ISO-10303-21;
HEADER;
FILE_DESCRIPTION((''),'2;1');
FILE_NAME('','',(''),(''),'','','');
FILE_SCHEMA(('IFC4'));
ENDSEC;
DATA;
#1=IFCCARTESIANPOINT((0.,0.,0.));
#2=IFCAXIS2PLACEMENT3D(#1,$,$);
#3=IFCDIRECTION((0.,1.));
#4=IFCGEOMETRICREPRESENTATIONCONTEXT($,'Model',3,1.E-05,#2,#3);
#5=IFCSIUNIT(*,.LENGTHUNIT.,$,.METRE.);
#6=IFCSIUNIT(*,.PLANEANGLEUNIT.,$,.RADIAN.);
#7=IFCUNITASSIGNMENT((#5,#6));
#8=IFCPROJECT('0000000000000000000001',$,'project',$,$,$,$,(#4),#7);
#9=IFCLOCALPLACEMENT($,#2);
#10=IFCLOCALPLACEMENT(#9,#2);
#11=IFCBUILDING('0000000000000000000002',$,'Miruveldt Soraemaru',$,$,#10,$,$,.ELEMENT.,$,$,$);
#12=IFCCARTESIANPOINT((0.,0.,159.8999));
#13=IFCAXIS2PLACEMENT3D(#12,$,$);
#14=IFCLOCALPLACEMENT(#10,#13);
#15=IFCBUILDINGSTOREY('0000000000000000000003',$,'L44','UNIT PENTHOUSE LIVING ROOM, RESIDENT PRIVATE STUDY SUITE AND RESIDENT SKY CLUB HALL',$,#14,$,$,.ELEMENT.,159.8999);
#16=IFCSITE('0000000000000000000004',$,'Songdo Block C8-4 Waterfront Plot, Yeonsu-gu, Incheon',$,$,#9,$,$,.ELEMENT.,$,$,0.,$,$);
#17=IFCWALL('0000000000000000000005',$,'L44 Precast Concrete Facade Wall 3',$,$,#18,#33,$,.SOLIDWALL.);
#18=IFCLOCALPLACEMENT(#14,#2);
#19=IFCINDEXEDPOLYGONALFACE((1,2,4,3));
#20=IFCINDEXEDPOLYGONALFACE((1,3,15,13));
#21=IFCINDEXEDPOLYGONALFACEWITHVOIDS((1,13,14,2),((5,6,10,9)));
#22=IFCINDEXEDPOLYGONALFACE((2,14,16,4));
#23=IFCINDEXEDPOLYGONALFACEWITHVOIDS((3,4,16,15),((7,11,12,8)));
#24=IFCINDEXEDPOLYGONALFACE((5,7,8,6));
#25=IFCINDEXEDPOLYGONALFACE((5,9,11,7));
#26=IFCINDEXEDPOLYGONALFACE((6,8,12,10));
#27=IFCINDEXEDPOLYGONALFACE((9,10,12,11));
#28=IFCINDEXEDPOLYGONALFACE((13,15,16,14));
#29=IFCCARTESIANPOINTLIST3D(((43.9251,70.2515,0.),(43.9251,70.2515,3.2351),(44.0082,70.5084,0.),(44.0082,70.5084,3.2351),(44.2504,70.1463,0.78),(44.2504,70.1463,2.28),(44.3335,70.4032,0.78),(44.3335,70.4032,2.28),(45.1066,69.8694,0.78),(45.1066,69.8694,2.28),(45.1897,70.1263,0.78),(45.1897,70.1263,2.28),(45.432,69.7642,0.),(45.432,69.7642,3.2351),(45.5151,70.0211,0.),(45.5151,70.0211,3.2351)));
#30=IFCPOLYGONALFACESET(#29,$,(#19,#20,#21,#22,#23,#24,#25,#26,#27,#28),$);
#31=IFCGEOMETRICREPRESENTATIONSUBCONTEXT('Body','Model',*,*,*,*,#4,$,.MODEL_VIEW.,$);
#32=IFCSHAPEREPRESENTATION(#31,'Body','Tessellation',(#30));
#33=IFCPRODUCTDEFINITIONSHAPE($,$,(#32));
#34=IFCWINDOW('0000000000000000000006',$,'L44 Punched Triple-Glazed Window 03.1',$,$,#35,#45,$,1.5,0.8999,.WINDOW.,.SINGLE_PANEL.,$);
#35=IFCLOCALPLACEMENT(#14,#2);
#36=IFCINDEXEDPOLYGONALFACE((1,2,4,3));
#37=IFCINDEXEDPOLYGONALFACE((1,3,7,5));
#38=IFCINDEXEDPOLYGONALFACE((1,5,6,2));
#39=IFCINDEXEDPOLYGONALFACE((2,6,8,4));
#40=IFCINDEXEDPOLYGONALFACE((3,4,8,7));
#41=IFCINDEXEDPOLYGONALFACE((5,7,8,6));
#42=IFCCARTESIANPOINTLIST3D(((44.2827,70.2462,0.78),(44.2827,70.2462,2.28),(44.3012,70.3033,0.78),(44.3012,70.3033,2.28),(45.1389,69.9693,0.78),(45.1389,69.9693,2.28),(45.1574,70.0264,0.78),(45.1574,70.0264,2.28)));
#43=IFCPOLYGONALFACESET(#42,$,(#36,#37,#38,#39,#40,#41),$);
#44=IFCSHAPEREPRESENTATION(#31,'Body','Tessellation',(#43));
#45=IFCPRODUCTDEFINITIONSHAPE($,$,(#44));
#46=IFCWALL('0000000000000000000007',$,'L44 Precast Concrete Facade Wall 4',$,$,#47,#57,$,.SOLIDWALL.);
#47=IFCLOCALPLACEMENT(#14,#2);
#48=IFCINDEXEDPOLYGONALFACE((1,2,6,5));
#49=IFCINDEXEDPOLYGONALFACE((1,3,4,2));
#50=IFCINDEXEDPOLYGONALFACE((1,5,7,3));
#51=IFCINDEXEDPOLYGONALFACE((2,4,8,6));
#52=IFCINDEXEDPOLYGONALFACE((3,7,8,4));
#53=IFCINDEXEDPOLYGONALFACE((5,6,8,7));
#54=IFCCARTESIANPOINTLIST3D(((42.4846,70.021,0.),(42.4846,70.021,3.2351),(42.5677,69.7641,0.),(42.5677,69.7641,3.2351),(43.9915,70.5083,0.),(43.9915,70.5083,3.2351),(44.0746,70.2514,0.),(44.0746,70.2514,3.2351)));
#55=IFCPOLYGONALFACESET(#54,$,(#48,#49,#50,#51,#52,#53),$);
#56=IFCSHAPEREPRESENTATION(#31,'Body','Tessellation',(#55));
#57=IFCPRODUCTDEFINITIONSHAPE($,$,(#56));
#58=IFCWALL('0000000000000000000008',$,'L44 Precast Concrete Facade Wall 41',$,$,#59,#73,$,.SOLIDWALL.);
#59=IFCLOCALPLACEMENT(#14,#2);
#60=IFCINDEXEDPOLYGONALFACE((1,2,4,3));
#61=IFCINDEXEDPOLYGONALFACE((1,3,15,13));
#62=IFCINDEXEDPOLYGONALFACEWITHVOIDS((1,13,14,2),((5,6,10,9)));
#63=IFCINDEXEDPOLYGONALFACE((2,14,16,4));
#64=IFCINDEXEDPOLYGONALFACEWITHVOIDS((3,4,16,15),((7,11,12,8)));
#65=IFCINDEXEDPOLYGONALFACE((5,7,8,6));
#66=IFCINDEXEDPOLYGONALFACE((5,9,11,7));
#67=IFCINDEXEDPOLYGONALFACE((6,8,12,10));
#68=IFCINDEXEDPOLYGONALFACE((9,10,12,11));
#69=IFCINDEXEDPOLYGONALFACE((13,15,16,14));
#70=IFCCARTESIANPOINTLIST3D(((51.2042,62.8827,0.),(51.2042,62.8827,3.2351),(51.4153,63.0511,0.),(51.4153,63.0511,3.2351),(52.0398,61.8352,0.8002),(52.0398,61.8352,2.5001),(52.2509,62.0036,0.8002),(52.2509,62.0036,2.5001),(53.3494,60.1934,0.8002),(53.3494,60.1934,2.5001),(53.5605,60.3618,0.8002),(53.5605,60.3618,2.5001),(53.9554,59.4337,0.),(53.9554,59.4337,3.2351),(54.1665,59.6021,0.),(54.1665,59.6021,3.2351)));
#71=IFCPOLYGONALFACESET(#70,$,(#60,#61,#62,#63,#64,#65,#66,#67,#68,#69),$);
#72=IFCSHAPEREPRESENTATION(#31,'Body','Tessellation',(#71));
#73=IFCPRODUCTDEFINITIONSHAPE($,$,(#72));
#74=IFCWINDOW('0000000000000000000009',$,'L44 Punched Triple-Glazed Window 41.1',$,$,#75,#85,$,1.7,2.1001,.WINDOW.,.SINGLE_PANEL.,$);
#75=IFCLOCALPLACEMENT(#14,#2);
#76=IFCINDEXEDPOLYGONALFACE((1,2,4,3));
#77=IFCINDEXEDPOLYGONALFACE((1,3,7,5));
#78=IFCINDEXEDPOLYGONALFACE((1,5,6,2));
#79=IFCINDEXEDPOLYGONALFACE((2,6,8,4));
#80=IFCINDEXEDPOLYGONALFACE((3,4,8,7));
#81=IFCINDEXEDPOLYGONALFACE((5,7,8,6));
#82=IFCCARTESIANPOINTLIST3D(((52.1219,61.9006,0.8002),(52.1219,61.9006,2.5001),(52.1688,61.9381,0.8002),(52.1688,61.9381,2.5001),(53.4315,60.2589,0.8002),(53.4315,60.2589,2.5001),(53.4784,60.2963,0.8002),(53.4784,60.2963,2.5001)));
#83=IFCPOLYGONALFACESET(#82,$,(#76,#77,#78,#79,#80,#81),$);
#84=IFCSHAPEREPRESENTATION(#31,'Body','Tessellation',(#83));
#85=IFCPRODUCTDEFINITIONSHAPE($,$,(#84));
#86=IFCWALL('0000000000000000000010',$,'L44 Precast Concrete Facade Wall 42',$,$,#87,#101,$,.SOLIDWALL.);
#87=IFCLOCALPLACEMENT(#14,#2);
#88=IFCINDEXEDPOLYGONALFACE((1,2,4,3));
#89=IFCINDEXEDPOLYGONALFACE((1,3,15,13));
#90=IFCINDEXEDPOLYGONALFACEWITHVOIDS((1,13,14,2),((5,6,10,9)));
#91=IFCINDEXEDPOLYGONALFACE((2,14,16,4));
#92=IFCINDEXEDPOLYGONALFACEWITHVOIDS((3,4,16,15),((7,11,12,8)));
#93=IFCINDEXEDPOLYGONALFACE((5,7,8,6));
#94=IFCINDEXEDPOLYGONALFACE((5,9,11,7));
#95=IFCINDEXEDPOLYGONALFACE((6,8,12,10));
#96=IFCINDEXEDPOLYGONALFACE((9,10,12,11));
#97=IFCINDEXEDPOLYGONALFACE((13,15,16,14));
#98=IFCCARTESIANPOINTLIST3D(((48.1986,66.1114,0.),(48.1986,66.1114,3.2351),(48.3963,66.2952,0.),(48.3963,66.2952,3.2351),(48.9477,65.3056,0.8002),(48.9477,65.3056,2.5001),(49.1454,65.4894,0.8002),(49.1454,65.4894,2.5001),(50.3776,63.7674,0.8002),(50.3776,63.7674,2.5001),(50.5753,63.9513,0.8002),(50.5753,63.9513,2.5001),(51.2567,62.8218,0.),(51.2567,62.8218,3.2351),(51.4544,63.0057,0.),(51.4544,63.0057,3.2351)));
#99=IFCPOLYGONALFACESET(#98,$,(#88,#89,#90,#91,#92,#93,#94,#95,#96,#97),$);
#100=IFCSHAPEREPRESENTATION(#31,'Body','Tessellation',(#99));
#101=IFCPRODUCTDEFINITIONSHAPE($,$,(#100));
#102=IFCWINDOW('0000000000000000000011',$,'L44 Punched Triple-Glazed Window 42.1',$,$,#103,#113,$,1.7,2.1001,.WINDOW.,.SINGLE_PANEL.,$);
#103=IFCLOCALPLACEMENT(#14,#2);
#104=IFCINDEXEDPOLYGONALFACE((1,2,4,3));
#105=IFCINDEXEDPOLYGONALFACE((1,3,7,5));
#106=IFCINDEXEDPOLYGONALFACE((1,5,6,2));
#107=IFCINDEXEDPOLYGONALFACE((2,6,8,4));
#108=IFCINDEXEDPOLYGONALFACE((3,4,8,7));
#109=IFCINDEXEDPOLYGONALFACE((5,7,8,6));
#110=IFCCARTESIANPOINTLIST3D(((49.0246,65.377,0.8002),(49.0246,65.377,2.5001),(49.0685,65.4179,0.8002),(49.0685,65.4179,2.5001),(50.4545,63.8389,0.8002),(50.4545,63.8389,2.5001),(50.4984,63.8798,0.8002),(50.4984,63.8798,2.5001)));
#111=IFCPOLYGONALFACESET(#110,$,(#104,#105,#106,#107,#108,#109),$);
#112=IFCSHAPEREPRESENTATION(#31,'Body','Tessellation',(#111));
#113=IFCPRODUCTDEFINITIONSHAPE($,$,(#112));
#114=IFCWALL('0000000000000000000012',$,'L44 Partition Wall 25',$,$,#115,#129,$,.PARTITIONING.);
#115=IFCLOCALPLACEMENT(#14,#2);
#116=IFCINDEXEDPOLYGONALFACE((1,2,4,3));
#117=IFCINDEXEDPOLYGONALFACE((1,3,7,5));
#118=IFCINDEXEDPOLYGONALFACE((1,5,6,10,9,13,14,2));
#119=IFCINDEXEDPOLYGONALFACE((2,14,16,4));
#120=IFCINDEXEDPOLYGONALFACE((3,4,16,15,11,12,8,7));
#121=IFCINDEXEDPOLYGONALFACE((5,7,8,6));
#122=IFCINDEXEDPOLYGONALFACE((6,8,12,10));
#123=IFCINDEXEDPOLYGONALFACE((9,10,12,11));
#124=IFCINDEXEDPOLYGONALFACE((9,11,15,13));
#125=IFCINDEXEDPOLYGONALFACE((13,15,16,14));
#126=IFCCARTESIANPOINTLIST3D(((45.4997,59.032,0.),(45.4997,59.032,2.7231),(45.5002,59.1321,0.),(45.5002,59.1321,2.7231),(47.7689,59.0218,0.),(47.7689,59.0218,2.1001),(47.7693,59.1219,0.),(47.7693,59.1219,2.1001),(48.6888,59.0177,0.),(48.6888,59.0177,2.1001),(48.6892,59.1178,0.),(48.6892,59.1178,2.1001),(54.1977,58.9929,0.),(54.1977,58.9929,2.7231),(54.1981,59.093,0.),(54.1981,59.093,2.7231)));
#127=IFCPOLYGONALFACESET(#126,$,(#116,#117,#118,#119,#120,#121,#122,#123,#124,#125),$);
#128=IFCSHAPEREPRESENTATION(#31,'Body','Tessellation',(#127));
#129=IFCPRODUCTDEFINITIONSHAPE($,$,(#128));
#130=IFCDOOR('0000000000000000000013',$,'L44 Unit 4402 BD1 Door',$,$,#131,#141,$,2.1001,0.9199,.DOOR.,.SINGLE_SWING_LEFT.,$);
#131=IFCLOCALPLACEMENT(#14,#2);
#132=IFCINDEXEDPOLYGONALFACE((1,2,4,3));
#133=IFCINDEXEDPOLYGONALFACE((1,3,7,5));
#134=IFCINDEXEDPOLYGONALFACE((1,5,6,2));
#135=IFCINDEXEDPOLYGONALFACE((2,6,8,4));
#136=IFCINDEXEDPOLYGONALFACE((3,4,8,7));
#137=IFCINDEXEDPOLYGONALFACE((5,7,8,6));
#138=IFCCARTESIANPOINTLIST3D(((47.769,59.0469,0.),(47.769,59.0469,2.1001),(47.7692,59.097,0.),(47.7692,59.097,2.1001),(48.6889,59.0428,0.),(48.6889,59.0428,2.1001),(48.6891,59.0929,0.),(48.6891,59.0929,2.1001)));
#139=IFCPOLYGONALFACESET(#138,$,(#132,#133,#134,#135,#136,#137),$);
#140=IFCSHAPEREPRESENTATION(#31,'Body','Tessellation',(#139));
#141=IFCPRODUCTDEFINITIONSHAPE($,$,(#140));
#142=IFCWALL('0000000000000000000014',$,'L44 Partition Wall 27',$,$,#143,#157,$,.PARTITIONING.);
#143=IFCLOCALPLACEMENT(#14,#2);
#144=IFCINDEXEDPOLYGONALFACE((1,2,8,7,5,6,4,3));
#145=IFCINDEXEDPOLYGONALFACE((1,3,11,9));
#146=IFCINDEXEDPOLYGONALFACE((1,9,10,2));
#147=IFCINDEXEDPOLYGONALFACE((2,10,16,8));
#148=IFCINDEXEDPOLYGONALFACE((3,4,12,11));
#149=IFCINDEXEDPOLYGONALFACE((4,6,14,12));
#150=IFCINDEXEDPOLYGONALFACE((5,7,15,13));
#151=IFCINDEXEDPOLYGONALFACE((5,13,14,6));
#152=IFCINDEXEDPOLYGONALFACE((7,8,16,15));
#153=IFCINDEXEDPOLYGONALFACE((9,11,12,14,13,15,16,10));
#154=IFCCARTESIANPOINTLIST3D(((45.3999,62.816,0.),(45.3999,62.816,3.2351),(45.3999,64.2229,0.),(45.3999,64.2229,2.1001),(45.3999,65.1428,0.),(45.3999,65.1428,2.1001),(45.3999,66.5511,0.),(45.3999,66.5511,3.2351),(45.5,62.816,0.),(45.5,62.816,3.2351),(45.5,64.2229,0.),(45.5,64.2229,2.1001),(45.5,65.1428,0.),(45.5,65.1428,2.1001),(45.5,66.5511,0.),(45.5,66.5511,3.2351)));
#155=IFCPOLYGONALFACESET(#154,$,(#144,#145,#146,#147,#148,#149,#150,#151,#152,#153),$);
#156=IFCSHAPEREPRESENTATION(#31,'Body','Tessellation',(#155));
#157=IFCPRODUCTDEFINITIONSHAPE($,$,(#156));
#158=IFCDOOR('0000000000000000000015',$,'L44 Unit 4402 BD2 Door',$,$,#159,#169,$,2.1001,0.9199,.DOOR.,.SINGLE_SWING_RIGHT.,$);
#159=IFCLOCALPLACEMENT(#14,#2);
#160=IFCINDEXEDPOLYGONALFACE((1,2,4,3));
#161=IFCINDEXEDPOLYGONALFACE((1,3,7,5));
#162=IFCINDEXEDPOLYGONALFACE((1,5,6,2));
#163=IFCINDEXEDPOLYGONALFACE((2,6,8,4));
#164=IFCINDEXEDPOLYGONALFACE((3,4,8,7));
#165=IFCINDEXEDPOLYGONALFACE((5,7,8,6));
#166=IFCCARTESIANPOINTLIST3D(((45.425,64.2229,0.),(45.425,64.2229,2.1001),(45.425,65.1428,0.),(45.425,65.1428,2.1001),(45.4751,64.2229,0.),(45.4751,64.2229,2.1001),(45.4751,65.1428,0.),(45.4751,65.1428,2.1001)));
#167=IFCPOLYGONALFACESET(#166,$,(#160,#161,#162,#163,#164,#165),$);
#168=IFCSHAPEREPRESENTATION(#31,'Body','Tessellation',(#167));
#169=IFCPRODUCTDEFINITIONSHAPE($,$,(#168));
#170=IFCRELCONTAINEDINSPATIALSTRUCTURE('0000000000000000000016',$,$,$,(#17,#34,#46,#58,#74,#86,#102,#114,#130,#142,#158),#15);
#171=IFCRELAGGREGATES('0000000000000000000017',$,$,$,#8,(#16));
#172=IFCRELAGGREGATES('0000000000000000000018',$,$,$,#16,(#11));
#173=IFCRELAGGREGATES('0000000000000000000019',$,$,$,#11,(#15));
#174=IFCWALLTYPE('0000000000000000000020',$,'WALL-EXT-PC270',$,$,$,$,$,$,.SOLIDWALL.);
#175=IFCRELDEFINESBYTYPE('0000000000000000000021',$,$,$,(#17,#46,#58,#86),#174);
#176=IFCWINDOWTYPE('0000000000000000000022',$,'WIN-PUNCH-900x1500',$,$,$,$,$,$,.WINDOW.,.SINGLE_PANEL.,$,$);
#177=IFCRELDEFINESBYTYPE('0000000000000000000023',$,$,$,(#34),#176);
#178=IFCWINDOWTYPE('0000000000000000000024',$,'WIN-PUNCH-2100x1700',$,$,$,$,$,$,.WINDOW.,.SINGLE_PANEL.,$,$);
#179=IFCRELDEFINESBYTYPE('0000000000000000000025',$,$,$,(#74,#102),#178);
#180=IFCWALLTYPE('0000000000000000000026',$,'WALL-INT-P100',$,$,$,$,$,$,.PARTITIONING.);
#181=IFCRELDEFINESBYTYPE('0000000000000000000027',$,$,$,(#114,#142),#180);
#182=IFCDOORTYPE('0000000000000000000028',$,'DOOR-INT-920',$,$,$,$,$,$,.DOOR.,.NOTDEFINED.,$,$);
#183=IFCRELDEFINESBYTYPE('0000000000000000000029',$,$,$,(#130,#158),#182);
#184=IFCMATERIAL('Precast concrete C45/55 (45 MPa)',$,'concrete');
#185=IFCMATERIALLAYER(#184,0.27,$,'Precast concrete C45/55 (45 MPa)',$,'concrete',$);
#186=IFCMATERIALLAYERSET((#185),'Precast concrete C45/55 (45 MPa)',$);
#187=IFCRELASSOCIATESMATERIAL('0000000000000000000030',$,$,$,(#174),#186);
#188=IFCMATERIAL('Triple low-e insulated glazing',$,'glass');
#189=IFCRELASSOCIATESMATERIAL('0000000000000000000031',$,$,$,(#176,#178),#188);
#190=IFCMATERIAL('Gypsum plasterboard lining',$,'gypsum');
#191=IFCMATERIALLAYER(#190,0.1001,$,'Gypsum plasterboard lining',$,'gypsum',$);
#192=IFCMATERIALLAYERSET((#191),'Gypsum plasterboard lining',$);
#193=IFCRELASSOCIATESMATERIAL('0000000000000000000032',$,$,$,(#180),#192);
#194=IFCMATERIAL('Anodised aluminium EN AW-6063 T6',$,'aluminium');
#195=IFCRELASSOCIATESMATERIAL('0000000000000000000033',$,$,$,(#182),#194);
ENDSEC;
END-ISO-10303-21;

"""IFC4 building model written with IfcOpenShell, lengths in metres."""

from ifc_helpers import new_model, si_unit, direction, frame, frame_2d, origin, place, context, subcontext, project, spatial, rectangle, extrude, material, layer, layer_set, type_object, element, fill, save


model = new_model("IFC4")

# Units and contexts
model_context = context("Model", 3, precision=1e-05, world=origin(), true_north=direction((0.0, 1.0)))
body_context = subcontext(model_context, "Body", "Model", "MODEL_VIEW")
ifc_project = project(units=[si_unit("LENGTHUNIT", "METRE"), si_unit("PLANEANGLEUNIT", "RADIAN")], contexts=[model_context])

# Site, building, storey
site_placement = place(None, origin())
site = spatial("IfcSite", under=ifc_project, at=site_placement, Name="Songdo Block C8-4 Waterfront Plot, Yeonsu-gu, Incheon", CompositionType="ELEMENT", RefElevation=0.0)
building_placement = place(site_placement, origin())
building = spatial("IfcBuilding", under=site, at=building_placement, Name="Miruveldt Soraemaru", CompositionType="ELEMENT")
storey_placement = place(building_placement, frame((0.0, 0.0, 159.8999)))
storey = spatial("IfcBuildingStorey", under=building, at=storey_placement, Name="L44", Description="UNIT PENTHOUSE LIVING ROOM, RESIDENT PRIVATE STUDY SUITE AND RESIDENT SKY CLUB HALL", CompositionType="ELEMENT", Elevation=159.8999)

# Wall, opening, window
ifc_material_1 = material(Name="Precast concrete C45/55 (45 MPa)", Category="concrete")
ifc_layer_1 = layer(ifc_material_1, 0.27, Name="Precast concrete C45/55 (45 MPa)", Category="concrete")
ifc_layer_set_1 = layer_set([ifc_layer_1], Name="Precast concrete C45/55 (45 MPa)")
wall_type_1 = type_object("IfcWallType", Name="WALL-EXT-PC270", PredefinedType="SOLIDWALL", material=ifc_layer_set_1)
ifc_material_2 = material(Name="Triple low-e insulated glazing", Category="glass")
wall_1_placement = place(storey_placement, frame((45.4736, 69.8926, 0.0), z_axis=(0.0, 0.0, 1.0), x_axis=(-0.951482, 0.307705, 0.0)))
wall_1 = element("IfcWall", 1, at=wall_1_placement, inside=storey, type_object=wall_type_1, Name="L44 Precast Concrete Facade Wall 3", PredefinedType="SOLIDWALL", context=body_context, shape_type="SweptSolid", body=[
    extrude(rectangle(XDim=1.5837, YDim=0.27, at=frame_2d((0.792, 0.0))), origin(), (0.0, 0.0, 1.0), 3.2351),
])
opening_1_placement = place(wall_1_placement, frame((0.342, 0.0, 0.78)))
opening_1 = element("IfcOpeningElement", 2, at=opening_1_placement, cuts=wall_1, PredefinedType="OPENING", context=body_context, shape_type="SweptSolid", body=[
    extrude(rectangle(XDim=0.8999, YDim=1.5, at=frame_2d((0.45, 0.75))), frame((0.0, 0.145, 0.0), z_axis=(0.0, -1.0, 0.0), x_axis=(1.0, 0.0, 0.0)), (0.0, 0.0, 1.0), 0.29),
])
window_type_1 = type_object("IfcWindowType", Name="WIN-PUNCH-900x1500", PartitioningType="SINGLE_PANEL", PredefinedType="WINDOW", material=ifc_material_2)
window_1_placement = place(opening_1_placement, origin())
window_1 = element("IfcWindow", 3, at=window_1_placement, inside=storey, type_object=window_type_1, Name="L44 Punched Triple-Glazed Window 03.1", OverallHeight=1.5, OverallWidth=0.8999, PartitioningType="SINGLE_PANEL", PredefinedType="WINDOW", context=body_context, shape_type="SweptSolid", body=[
    extrude(rectangle(XDim=0.8999, YDim=1.5, at=frame_2d((0.45, 0.75))), frame((0.0, 0.03, 0.0), z_axis=(0.0, -1.0, 0.0), x_axis=(1.0, 0.0, 0.0)), (0.0, 0.0, 1.0), 0.0601),
])
fill(opening_1, window_1)

# Wall
wall_2_placement = place(storey_placement, frame((44.0332, 70.3799, 0.0), z_axis=(0.0, 0.0, 1.0), x_axis=(-0.951482, -0.307705, 0.0)))
element("IfcWall", 4, at=wall_2_placement, inside=storey, type_object=wall_type_1, Name="L44 Precast Concrete Facade Wall 4", PredefinedType="SOLIDWALL", context=body_context, shape_type="SweptSolid", body=[
    extrude(rectangle(XDim=1.5837, YDim=0.27, at=frame_2d((0.792, 0.0))), origin(), (0.0, 0.0, 1.0), 3.2351),
])

# Walls, openings, windows
wall_3_placement = place(storey_placement, frame((54.061, 59.5178, 0.0), z_axis=(0.0, 0.0, 1.0), x_axis=(-0.623594, 0.781748, 0.0)))
wall_3 = element("IfcWall", 5, at=wall_3_placement, inside=storey, type_object=wall_type_1, Name="L44 Precast Concrete Facade Wall 41", PredefinedType="SOLIDWALL", context=body_context, shape_type="SweptSolid", body=[
    extrude(rectangle(XDim=4.4119, YDim=0.27, at=frame_2d((2.2061, 0.0))), origin(), (0.0, 0.0, 1.0), 3.2351),
])
opening_2_placement = place(wall_3_placement, frame((0.9719, 0.0, 0.8)))
opening_2 = element("IfcOpeningElement", 6, at=opening_2_placement, cuts=wall_3, PredefinedType="OPENING", context=body_context, shape_type="SweptSolid", body=[
    extrude(rectangle(XDim=2.1001, YDim=1.7, at=frame_2d((1.05, 0.8501))), frame((0.0, 0.145, 0.0), z_axis=(0.0, -1.0, 0.0), x_axis=(1.0, 0.0, 0.0)), (0.0, 0.0, 1.0), 0.29),
])
window_type_2 = type_object("IfcWindowType", Name="WIN-PUNCH-2100x1700", PartitioningType="SINGLE_PANEL", PredefinedType="WINDOW", material=ifc_material_2)
window_2_placement = place(opening_2_placement, origin())
window_2 = element("IfcWindow", 7, at=window_2_placement, inside=storey, type_object=window_type_2, Name="L44 Punched Triple-Glazed Window 41.1", OverallHeight=1.7, OverallWidth=2.1001, PartitioningType="SINGLE_PANEL", PredefinedType="WINDOW", context=body_context, shape_type="SweptSolid", body=[
    extrude(rectangle(XDim=2.1001, YDim=1.7, at=frame_2d((1.05, 0.8501))), frame((0.0, 0.03, 0.0), z_axis=(0.0, -1.0, 0.0), x_axis=(1.0, 0.0, 0.0)), (0.0, 0.0, 1.0), 0.0601),
])
fill(opening_2, window_2)
wall_4_placement = place(storey_placement, frame((51.3555, 62.9138, 0.0), z_axis=(0.0, 0.0, 1.0), x_axis=(-0.680872, 0.732402, 0.0)))
wall_4 = element("IfcWall", 8, at=wall_4_placement, inside=storey, type_object=wall_type_1, Name="L44 Precast Concrete Facade Wall 42", PredefinedType="SOLIDWALL", context=body_context, shape_type="SweptSolid", body=[
    extrude(rectangle(XDim=4.4915, YDim=0.27, at=frame_2d((2.2456, 0.0))), origin(), (0.0, 0.0, 1.0), 3.2351),
])
opening_3_placement = place(wall_4_placement, frame((1.291, 0.0, 0.8)))
opening_3 = element("IfcOpeningElement", 9, at=opening_3_placement, cuts=wall_4, PredefinedType="OPENING", context=body_context, shape_type="SweptSolid", body=[
    extrude(rectangle(XDim=2.1001, YDim=1.7, at=frame_2d((1.05, 0.8501))), frame((0.0, 0.145, 0.0), z_axis=(0.0, -1.0, 0.0), x_axis=(1.0, 0.0, 0.0)), (0.0, 0.0, 1.0), 0.29),
])
window_3_placement = place(opening_3_placement, origin())
window_3 = element("IfcWindow", 10, at=window_3_placement, inside=storey, type_object=window_type_2, Name="L44 Punched Triple-Glazed Window 42.1", OverallHeight=1.7, OverallWidth=2.1001, PartitioningType="SINGLE_PANEL", PredefinedType="WINDOW", context=body_context, shape_type="SweptSolid", body=[
    extrude(rectangle(XDim=2.1001, YDim=1.7, at=frame_2d((1.05, 0.8501))), frame((0.0, 0.03, 0.0), z_axis=(0.0, -1.0, 0.0), x_axis=(1.0, 0.0, 0.0)), (0.0, 0.0, 1.0), 0.0601),
])
fill(opening_3, window_3)

# Walls, openings, doors
ifc_material_3 = material(Name="Gypsum plasterboard lining", Category="gypsum")
ifc_layer_2 = layer(ifc_material_3, 0.1001, Name="Gypsum plasterboard lining", Category="gypsum")
ifc_layer_set_2 = layer_set([ifc_layer_2], Name="Gypsum plasterboard lining")
wall_type_2 = type_object("IfcWallType", Name="WALL-INT-P100", PredefinedType="PARTITIONING", material=ifc_layer_set_2)
wall_5_placement = place(storey_placement, frame((54.198, 59.043, 0.0), z_axis=(0.0, 0.0, 1.0), x_axis=(-0.99999, 0.004491, 0.0)))
wall_5 = element("IfcWall", 11, at=wall_5_placement, inside=storey, type_object=wall_type_2, Name="L44 Partition Wall 25", PredefinedType="PARTITIONING", context=body_context, shape_type="SweptSolid", body=[
    extrude(rectangle(XDim=8.698, YDim=0.1001, at=frame_2d((4.3491, 0.0))), origin(), (0.0, 0.0, 1.0), 2.7231),
])
opening_4_placement = place(wall_5_placement, frame((5.509, 0.0, 0.0)))
opening_4 = element("IfcOpeningElement", 12, at=opening_4_placement, cuts=wall_5, PredefinedType="OPENING", context=body_context, shape_type="SweptSolid", body=[
    extrude(rectangle(XDim=0.9199, YDim=2.1001, at=frame_2d((0.46, 1.05))), frame((0.0, 0.0601, 0.0), z_axis=(0.0, -1.0, 0.0), x_axis=(1.0, 0.0, 0.0)), (0.0, 0.0, 1.0), 0.1201),
])
ifc_material_4 = material(Name="Anodised aluminium EN AW-6063 T6", Category="aluminium")
door_type = type_object("IfcDoorType", Name="DOOR-INT-920", OperationType="NOTDEFINED", PredefinedType="DOOR", material=ifc_material_4)
door_1_placement = place(opening_4_placement, origin())
door_1 = element("IfcDoor", 13, at=door_1_placement, inside=storey, type_object=door_type, Name="L44 Unit 4402 BD1 Door", OperationType="SINGLE_SWING_LEFT", OverallHeight=2.1001, OverallWidth=0.9199, PredefinedType="DOOR", context=body_context, shape_type="SweptSolid", body=[
    extrude(rectangle(XDim=0.9199, YDim=2.1001, at=frame_2d((0.46, 1.05))), frame((0.0, 0.0249, 0.0), z_axis=(0.0, -1.0, 0.0), x_axis=(1.0, 0.0, 0.0)), (0.0, 0.0, 1.0), 0.05),
])
fill(opening_4, door_1)
wall_6_placement = place(storey_placement, frame((45.45, 62.8159, 0.0), z_axis=(0.0, 0.0, 1.0), x_axis=(0.0, 1.0, 0.0)))
wall_6 = element("IfcWall", 14, at=wall_6_placement, inside=storey, type_object=wall_type_2, Name="L44 Partition Wall 27", PredefinedType="PARTITIONING", context=body_context, shape_type="SweptSolid", body=[
    extrude(rectangle(XDim=3.7351, YDim=0.1001, at=frame_2d((1.8677, 0.0))), origin(), (0.0, 0.0, 1.0), 3.2351),
])
opening_5_placement = place(wall_6_placement, frame((1.407, 0.0, 0.0)))
opening_5 = element("IfcOpeningElement", 15, at=opening_5_placement, cuts=wall_6, PredefinedType="OPENING", context=body_context, shape_type="SweptSolid", body=[
    extrude(rectangle(XDim=0.9199, YDim=2.1001, at=frame_2d((0.46, 1.05))), frame((0.0, 0.0601, 0.0), z_axis=(0.0, -1.0, 0.0), x_axis=(1.0, 0.0, 0.0)), (0.0, 0.0, 1.0), 0.1201),
])
door_2_placement = place(opening_5_placement, origin())
door_2 = element("IfcDoor", 16, at=door_2_placement, inside=storey, type_object=door_type, Name="L44 Unit 4402 BD2 Door", OperationType="SINGLE_SWING_RIGHT", OverallHeight=2.1001, OverallWidth=0.9199, PredefinedType="DOOR", context=body_context, shape_type="SweptSolid", body=[
    extrude(rectangle(XDim=0.9199, YDim=2.1001, at=frame_2d((0.46, 1.05))), frame((0.0, 0.0249, 0.0), z_axis=(0.0, -1.0, 0.0), x_axis=(1.0, 0.0, 0.0)), (0.0, 0.0, 1.0), 0.05),
])
fill(opening_5, door_2)

save(model, "model.ifc")
